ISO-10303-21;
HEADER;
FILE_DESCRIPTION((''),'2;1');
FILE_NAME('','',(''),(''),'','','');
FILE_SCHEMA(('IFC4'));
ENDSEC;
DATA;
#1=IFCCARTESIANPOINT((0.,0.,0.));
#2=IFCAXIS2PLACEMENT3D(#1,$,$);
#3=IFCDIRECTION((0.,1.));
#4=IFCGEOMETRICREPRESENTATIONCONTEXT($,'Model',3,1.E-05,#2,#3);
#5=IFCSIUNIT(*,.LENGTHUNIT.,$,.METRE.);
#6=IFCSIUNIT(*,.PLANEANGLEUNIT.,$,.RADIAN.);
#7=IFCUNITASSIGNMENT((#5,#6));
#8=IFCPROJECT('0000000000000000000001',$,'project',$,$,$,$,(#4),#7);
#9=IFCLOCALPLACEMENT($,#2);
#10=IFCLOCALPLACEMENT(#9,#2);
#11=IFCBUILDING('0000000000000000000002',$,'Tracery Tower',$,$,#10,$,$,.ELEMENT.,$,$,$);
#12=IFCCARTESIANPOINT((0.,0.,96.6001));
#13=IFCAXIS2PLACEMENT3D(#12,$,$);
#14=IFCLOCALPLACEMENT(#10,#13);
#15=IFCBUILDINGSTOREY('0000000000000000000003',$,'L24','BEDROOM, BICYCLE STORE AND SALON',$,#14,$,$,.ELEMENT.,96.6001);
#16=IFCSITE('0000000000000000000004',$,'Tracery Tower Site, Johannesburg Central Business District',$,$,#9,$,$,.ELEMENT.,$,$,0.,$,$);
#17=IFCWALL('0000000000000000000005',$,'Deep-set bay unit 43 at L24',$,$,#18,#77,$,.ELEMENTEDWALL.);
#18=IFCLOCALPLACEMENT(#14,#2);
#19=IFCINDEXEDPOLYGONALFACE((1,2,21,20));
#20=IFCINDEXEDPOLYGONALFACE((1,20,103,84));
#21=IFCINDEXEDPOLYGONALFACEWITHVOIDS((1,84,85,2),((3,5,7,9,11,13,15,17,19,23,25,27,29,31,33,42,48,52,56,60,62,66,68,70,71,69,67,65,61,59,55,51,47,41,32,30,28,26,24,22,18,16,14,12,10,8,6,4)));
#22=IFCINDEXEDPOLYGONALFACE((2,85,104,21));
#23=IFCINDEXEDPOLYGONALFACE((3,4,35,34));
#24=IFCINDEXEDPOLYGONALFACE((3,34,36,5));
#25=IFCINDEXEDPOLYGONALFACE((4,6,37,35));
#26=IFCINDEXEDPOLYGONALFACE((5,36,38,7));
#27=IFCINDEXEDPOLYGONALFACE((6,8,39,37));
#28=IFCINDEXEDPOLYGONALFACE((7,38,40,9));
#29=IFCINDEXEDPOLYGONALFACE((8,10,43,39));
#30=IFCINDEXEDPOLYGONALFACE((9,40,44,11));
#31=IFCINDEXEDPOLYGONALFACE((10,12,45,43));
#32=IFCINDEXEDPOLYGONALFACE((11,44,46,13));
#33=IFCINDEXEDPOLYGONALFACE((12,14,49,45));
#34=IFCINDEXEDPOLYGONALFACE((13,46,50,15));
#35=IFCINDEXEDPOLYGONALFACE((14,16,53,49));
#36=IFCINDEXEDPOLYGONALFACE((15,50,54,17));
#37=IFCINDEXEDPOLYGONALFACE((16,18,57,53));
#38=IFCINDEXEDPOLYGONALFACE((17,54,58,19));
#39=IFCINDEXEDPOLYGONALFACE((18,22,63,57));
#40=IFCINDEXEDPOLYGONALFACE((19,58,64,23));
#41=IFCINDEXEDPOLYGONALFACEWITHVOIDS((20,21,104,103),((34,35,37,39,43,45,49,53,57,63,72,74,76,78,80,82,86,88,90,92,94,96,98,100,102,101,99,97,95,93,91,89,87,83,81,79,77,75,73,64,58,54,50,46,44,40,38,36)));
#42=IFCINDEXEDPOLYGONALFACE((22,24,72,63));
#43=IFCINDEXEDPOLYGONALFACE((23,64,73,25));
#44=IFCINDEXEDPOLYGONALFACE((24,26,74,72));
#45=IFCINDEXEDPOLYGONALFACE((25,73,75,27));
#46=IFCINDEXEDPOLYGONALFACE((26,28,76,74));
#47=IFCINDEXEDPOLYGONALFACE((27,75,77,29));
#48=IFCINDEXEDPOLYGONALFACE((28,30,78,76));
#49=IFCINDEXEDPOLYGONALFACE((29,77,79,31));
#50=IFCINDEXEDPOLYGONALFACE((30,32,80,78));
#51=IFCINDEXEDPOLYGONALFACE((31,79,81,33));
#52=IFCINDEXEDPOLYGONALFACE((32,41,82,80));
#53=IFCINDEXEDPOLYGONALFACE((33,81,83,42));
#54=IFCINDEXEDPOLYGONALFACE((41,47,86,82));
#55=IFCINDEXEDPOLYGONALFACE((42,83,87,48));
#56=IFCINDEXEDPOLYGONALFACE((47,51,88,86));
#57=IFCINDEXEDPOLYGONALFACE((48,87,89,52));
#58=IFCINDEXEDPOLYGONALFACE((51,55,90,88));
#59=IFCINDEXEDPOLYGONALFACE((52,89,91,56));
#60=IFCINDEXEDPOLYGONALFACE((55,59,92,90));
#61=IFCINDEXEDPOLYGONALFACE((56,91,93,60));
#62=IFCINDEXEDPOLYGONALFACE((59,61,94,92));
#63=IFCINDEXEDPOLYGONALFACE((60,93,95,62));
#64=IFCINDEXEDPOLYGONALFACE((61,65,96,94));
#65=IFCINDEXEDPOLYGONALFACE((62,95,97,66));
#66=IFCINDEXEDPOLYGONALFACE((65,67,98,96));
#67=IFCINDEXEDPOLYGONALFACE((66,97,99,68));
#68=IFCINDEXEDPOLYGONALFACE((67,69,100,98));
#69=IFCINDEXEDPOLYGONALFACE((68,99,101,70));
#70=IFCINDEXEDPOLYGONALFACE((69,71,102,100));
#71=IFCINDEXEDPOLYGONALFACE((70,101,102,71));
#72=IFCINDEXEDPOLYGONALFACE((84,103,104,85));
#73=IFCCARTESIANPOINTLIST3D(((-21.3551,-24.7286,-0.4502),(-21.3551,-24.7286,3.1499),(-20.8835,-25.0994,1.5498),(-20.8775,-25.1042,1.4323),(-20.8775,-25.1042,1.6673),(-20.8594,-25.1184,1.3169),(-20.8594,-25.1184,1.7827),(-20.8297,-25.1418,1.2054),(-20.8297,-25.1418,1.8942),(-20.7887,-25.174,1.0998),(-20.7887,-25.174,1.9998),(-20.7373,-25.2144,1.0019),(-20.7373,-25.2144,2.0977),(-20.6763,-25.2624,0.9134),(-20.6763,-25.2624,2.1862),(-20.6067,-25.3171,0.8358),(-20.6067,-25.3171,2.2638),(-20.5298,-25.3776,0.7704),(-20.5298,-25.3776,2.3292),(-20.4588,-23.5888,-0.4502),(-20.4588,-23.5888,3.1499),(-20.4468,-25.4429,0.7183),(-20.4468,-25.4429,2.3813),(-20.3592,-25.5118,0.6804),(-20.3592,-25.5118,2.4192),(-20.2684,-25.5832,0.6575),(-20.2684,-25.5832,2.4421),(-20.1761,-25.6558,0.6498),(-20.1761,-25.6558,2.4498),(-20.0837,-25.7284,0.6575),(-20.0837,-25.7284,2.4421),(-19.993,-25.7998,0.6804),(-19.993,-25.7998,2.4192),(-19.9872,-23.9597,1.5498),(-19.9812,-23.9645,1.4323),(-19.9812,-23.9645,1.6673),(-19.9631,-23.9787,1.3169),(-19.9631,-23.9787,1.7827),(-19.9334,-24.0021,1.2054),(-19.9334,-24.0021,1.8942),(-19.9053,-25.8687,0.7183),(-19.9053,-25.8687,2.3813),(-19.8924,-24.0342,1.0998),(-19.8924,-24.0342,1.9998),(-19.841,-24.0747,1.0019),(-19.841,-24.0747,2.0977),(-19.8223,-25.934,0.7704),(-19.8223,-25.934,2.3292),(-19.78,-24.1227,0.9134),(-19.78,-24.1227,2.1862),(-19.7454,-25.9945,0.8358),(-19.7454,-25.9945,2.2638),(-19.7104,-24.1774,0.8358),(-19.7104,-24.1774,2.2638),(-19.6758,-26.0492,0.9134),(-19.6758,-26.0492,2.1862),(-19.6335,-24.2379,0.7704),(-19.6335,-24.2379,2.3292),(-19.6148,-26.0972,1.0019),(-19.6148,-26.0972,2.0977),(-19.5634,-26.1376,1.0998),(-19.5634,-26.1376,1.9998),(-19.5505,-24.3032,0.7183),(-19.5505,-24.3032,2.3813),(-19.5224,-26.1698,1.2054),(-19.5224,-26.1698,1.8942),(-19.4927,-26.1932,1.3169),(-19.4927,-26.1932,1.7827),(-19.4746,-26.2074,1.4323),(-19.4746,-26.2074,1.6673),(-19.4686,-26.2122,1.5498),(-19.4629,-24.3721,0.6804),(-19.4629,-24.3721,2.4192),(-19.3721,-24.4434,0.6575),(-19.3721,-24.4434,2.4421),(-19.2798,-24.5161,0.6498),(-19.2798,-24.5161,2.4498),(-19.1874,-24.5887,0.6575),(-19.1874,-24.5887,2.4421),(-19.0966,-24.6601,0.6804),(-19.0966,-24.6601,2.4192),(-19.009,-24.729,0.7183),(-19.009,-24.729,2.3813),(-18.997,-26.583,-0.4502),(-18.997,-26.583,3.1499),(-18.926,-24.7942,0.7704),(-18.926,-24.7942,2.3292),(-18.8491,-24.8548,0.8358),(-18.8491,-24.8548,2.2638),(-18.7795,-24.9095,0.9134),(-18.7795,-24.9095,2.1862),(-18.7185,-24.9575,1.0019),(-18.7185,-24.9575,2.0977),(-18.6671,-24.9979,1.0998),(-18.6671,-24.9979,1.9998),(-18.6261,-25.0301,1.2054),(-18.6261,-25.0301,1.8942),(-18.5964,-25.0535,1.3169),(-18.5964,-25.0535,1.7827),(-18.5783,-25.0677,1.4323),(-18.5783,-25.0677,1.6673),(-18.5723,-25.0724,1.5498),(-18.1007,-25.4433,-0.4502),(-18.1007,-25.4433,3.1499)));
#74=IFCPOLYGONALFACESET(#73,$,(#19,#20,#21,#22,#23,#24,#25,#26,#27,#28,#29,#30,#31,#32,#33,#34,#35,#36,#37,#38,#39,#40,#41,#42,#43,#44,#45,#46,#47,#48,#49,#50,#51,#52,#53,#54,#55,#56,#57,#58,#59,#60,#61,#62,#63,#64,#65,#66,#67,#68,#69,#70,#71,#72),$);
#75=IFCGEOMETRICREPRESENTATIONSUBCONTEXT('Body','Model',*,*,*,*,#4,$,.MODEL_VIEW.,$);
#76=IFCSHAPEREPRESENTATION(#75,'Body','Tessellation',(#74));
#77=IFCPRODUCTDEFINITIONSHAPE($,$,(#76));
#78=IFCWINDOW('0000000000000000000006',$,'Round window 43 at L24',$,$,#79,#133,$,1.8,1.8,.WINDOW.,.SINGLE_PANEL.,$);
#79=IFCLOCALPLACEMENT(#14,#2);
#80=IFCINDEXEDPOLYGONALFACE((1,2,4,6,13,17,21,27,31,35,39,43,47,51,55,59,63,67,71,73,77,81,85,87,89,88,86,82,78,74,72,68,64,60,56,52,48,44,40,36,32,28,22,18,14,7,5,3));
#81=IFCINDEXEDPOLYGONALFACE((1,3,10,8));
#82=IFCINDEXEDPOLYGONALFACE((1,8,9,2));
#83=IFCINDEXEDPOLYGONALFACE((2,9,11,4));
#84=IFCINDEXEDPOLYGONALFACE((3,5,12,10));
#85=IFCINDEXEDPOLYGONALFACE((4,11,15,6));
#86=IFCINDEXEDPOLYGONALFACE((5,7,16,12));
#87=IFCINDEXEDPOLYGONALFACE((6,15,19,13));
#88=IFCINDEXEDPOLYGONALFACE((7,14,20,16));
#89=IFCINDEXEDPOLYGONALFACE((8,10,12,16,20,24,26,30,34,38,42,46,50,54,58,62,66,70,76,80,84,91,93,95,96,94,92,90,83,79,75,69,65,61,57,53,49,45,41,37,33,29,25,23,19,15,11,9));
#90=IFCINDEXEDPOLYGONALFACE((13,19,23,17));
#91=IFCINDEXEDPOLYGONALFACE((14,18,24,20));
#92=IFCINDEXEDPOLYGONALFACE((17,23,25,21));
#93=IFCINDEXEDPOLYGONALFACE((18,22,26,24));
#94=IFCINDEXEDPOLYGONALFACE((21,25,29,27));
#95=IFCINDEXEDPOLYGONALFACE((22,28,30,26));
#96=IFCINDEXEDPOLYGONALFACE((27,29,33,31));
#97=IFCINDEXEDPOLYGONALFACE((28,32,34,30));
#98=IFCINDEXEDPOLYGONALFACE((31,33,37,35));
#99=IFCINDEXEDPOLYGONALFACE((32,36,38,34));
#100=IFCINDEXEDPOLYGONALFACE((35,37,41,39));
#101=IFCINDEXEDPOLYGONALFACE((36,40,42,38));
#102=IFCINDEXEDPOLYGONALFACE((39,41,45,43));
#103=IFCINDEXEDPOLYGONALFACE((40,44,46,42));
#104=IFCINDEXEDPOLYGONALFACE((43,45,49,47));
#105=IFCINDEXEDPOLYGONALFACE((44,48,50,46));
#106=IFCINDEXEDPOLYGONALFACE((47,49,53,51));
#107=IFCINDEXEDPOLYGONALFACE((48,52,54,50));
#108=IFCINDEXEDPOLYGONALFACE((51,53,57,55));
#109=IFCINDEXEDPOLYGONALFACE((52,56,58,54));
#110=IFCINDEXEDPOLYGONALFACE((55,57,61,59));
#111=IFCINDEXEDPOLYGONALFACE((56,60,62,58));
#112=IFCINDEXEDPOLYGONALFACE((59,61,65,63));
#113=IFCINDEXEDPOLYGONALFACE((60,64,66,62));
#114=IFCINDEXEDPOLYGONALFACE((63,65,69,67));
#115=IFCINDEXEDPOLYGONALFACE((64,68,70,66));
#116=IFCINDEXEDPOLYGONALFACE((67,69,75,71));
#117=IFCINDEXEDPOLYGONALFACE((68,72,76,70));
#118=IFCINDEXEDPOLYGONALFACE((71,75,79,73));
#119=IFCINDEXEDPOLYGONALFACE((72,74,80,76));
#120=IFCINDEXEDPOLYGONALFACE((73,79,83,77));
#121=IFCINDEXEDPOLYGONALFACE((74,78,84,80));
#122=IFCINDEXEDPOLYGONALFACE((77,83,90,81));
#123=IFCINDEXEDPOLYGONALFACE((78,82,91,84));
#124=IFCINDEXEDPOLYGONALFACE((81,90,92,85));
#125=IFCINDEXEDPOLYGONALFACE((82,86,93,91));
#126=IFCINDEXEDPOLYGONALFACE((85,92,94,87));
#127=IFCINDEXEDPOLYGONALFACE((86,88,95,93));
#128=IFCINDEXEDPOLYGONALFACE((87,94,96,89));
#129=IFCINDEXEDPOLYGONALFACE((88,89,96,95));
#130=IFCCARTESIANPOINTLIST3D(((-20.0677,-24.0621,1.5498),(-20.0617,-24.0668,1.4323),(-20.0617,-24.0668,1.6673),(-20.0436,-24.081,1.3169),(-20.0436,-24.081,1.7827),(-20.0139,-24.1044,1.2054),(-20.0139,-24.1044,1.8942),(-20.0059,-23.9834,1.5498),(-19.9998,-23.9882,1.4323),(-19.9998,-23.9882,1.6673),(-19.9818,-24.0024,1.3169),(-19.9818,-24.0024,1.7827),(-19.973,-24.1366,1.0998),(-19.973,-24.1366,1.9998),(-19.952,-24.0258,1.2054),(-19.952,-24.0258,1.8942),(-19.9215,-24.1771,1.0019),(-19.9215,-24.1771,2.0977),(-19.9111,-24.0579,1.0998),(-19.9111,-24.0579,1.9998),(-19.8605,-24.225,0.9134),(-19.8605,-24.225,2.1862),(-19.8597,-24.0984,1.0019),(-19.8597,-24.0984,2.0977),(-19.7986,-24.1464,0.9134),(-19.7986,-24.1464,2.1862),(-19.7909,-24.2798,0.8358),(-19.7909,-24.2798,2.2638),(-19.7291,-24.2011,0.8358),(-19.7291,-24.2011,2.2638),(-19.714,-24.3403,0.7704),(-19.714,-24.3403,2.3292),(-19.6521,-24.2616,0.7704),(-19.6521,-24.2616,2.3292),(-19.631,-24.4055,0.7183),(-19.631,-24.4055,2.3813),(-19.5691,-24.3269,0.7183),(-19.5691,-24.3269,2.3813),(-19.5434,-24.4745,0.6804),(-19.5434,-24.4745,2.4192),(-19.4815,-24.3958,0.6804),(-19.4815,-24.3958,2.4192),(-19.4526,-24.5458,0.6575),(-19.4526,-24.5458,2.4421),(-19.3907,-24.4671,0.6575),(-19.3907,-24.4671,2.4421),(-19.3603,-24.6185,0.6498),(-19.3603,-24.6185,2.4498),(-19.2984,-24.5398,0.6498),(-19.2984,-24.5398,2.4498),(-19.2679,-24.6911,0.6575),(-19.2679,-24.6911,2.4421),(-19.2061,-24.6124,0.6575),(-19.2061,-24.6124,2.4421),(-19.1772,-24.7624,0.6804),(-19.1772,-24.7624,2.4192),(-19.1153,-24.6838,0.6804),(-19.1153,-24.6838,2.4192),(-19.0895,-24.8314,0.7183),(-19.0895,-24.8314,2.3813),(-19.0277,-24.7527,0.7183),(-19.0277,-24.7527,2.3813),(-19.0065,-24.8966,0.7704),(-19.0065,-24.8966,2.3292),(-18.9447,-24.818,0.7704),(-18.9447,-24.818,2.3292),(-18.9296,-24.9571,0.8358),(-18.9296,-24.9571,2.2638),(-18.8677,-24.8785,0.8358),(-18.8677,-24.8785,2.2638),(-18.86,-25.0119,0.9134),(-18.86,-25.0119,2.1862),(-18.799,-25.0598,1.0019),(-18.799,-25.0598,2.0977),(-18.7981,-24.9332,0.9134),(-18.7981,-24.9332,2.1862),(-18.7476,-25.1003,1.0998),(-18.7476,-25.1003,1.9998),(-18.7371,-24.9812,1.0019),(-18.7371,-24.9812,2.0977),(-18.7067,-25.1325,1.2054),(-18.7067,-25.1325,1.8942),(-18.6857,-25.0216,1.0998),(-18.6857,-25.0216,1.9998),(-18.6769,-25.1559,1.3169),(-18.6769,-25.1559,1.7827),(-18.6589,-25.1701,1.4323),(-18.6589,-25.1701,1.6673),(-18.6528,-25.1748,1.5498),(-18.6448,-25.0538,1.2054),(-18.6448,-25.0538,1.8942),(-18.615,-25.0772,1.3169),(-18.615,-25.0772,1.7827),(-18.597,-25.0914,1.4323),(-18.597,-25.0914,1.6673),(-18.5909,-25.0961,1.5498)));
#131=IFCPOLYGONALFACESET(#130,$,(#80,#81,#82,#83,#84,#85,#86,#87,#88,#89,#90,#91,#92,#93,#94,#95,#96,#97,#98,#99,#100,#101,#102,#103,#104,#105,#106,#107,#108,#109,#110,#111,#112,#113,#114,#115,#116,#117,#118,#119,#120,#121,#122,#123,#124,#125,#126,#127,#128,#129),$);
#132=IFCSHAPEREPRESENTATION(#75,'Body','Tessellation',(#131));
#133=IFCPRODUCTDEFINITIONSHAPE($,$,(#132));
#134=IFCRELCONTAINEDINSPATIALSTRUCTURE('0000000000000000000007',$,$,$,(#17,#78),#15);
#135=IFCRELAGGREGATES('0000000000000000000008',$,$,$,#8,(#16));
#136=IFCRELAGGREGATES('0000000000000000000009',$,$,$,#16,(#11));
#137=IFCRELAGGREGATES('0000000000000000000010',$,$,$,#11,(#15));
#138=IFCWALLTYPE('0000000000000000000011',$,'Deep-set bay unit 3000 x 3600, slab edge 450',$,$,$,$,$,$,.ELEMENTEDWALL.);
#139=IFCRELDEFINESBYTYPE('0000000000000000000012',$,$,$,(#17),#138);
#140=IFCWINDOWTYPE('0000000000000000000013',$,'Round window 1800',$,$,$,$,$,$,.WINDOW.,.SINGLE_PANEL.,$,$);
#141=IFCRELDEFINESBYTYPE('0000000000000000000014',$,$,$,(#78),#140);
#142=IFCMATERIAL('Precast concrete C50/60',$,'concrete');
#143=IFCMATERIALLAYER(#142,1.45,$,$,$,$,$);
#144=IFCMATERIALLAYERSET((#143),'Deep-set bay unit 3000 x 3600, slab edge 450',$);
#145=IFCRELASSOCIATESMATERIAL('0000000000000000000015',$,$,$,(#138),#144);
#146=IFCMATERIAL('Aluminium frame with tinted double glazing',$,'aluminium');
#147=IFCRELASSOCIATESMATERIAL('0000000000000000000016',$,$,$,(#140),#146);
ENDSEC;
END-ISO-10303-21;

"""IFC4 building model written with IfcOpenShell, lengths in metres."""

from ifc_helpers import new_model, si_unit, direction, frame, frame_2d, origin, origin_2d, place, context, subcontext, project, spatial, rectangle, circle, extrude, material, layer, layer_set, type_object, element, fill, save


model = new_model("IFC4")

# Units and contexts
model_context = context("Model", 3, precision=1e-05, world=origin(), true_north=direction((0.0, 1.0)))
body_context = subcontext(model_context, "Body", "Model", "MODEL_VIEW")
ifc_project = project(units=[si_unit("LENGTHUNIT", "METRE"), si_unit("PLANEANGLEUNIT", "RADIAN")], contexts=[model_context])

# Site, building, storey
site_placement = place(None, origin())
site = spatial("IfcSite", under=ifc_project, at=site_placement, Name="Tracery Tower Site, Johannesburg Central Business District", CompositionType="ELEMENT", RefElevation=0.0)
building_placement = place(site_placement, origin())
building = spatial("IfcBuilding", under=site, at=building_placement, Name="Tracery Tower", CompositionType="ELEMENT")
storey_placement = place(building_placement, frame((0.0, 0.0, 96.6001)))
storey = spatial("IfcBuildingStorey", under=building, at=storey_placement, Name="L24", Description="BEDROOM, BICYCLE STORE AND SALON", CompositionType="ELEMENT", Elevation=96.6001)

# Wall, opening, window
ifc_material_1 = material(Name="Precast concrete C50/60", Category="concrete")
ifc_layer_1 = layer(ifc_material_1, 1.45)
ifc_layer_set_1 = layer_set([ifc_layer_1], Name="Deep-set bay unit 3000 x 3600, slab edge 450")
wall_type_1 = type_object("IfcWallType", Name="Deep-set bay unit 3000 x 3600, slab edge 450", PredefinedType="ELEMENTEDWALL", material=ifc_layer_set_1)
ifc_material_2 = material(Name="Aluminium frame with tinted double glazing", Category="aluminium")
window_type = type_object("IfcWindowType", Name="Round window 1800", PartitioningType="SINGLE_PANEL", PredefinedType="WINDOW", material=ifc_material_2)
wall_1_placement = place(storey_placement, frame((-20.907, -24.1587, -0.4502), z_axis=(0.0, 0.0, 1.0), x_axis=(0.78605, -0.618163, 0.0)))
wall_1 = element("IfcWall", 1, at=wall_1_placement, inside=storey, type_object=wall_type_1, Name="Deep-set bay unit 43 at L24", PredefinedType="ELEMENTEDWALL", context=body_context, shape_type="SweptSolid", body=[
    extrude(rectangle(XDim=3.0, YDim=1.45, at=frame_2d((1.5, 0.0))), origin(), (0.0, 0.0, 1.0), 3.6001),
])
opening_1_placement = place(wall_1_placement, frame((1.5, 0.0, 2.0)))
opening_1 = element("IfcOpeningElement", 2, at=opening_1_placement, cuts=wall_1, PredefinedType="OPENING", context=body_context, shape_type="SweptSolid", body=[
    extrude(circle(Radius=0.9, at=origin_2d()), frame((0.0, 0.7349, 0.0), z_axis=(0.0, -1.0, 0.0), x_axis=(1.0, 0.0, 0.0)), (0.0, 0.0, 1.0), 1.47),
])
window_1_placement = place(opening_1_placement, origin())
window_1 = element("IfcWindow", 3, at=window_1_placement, inside=storey, type_object=window_type, Name="Round window 43 at L24", OverallHeight=1.8, OverallWidth=1.8, PartitioningType="SINGLE_PANEL", PredefinedType="WINDOW", context=body_context, shape_type="SweptSolid", body=[
    extrude(circle(Radius=0.9, at=origin_2d()), frame((0.0, 0.6948, 0.0), z_axis=(0.0, -1.0, 0.0), x_axis=(1.0, 0.0, 0.0)), (0.0, 0.0, 1.0), 0.1001),
])
fill(opening_1, window_1)

save(model, "model.ifc")
